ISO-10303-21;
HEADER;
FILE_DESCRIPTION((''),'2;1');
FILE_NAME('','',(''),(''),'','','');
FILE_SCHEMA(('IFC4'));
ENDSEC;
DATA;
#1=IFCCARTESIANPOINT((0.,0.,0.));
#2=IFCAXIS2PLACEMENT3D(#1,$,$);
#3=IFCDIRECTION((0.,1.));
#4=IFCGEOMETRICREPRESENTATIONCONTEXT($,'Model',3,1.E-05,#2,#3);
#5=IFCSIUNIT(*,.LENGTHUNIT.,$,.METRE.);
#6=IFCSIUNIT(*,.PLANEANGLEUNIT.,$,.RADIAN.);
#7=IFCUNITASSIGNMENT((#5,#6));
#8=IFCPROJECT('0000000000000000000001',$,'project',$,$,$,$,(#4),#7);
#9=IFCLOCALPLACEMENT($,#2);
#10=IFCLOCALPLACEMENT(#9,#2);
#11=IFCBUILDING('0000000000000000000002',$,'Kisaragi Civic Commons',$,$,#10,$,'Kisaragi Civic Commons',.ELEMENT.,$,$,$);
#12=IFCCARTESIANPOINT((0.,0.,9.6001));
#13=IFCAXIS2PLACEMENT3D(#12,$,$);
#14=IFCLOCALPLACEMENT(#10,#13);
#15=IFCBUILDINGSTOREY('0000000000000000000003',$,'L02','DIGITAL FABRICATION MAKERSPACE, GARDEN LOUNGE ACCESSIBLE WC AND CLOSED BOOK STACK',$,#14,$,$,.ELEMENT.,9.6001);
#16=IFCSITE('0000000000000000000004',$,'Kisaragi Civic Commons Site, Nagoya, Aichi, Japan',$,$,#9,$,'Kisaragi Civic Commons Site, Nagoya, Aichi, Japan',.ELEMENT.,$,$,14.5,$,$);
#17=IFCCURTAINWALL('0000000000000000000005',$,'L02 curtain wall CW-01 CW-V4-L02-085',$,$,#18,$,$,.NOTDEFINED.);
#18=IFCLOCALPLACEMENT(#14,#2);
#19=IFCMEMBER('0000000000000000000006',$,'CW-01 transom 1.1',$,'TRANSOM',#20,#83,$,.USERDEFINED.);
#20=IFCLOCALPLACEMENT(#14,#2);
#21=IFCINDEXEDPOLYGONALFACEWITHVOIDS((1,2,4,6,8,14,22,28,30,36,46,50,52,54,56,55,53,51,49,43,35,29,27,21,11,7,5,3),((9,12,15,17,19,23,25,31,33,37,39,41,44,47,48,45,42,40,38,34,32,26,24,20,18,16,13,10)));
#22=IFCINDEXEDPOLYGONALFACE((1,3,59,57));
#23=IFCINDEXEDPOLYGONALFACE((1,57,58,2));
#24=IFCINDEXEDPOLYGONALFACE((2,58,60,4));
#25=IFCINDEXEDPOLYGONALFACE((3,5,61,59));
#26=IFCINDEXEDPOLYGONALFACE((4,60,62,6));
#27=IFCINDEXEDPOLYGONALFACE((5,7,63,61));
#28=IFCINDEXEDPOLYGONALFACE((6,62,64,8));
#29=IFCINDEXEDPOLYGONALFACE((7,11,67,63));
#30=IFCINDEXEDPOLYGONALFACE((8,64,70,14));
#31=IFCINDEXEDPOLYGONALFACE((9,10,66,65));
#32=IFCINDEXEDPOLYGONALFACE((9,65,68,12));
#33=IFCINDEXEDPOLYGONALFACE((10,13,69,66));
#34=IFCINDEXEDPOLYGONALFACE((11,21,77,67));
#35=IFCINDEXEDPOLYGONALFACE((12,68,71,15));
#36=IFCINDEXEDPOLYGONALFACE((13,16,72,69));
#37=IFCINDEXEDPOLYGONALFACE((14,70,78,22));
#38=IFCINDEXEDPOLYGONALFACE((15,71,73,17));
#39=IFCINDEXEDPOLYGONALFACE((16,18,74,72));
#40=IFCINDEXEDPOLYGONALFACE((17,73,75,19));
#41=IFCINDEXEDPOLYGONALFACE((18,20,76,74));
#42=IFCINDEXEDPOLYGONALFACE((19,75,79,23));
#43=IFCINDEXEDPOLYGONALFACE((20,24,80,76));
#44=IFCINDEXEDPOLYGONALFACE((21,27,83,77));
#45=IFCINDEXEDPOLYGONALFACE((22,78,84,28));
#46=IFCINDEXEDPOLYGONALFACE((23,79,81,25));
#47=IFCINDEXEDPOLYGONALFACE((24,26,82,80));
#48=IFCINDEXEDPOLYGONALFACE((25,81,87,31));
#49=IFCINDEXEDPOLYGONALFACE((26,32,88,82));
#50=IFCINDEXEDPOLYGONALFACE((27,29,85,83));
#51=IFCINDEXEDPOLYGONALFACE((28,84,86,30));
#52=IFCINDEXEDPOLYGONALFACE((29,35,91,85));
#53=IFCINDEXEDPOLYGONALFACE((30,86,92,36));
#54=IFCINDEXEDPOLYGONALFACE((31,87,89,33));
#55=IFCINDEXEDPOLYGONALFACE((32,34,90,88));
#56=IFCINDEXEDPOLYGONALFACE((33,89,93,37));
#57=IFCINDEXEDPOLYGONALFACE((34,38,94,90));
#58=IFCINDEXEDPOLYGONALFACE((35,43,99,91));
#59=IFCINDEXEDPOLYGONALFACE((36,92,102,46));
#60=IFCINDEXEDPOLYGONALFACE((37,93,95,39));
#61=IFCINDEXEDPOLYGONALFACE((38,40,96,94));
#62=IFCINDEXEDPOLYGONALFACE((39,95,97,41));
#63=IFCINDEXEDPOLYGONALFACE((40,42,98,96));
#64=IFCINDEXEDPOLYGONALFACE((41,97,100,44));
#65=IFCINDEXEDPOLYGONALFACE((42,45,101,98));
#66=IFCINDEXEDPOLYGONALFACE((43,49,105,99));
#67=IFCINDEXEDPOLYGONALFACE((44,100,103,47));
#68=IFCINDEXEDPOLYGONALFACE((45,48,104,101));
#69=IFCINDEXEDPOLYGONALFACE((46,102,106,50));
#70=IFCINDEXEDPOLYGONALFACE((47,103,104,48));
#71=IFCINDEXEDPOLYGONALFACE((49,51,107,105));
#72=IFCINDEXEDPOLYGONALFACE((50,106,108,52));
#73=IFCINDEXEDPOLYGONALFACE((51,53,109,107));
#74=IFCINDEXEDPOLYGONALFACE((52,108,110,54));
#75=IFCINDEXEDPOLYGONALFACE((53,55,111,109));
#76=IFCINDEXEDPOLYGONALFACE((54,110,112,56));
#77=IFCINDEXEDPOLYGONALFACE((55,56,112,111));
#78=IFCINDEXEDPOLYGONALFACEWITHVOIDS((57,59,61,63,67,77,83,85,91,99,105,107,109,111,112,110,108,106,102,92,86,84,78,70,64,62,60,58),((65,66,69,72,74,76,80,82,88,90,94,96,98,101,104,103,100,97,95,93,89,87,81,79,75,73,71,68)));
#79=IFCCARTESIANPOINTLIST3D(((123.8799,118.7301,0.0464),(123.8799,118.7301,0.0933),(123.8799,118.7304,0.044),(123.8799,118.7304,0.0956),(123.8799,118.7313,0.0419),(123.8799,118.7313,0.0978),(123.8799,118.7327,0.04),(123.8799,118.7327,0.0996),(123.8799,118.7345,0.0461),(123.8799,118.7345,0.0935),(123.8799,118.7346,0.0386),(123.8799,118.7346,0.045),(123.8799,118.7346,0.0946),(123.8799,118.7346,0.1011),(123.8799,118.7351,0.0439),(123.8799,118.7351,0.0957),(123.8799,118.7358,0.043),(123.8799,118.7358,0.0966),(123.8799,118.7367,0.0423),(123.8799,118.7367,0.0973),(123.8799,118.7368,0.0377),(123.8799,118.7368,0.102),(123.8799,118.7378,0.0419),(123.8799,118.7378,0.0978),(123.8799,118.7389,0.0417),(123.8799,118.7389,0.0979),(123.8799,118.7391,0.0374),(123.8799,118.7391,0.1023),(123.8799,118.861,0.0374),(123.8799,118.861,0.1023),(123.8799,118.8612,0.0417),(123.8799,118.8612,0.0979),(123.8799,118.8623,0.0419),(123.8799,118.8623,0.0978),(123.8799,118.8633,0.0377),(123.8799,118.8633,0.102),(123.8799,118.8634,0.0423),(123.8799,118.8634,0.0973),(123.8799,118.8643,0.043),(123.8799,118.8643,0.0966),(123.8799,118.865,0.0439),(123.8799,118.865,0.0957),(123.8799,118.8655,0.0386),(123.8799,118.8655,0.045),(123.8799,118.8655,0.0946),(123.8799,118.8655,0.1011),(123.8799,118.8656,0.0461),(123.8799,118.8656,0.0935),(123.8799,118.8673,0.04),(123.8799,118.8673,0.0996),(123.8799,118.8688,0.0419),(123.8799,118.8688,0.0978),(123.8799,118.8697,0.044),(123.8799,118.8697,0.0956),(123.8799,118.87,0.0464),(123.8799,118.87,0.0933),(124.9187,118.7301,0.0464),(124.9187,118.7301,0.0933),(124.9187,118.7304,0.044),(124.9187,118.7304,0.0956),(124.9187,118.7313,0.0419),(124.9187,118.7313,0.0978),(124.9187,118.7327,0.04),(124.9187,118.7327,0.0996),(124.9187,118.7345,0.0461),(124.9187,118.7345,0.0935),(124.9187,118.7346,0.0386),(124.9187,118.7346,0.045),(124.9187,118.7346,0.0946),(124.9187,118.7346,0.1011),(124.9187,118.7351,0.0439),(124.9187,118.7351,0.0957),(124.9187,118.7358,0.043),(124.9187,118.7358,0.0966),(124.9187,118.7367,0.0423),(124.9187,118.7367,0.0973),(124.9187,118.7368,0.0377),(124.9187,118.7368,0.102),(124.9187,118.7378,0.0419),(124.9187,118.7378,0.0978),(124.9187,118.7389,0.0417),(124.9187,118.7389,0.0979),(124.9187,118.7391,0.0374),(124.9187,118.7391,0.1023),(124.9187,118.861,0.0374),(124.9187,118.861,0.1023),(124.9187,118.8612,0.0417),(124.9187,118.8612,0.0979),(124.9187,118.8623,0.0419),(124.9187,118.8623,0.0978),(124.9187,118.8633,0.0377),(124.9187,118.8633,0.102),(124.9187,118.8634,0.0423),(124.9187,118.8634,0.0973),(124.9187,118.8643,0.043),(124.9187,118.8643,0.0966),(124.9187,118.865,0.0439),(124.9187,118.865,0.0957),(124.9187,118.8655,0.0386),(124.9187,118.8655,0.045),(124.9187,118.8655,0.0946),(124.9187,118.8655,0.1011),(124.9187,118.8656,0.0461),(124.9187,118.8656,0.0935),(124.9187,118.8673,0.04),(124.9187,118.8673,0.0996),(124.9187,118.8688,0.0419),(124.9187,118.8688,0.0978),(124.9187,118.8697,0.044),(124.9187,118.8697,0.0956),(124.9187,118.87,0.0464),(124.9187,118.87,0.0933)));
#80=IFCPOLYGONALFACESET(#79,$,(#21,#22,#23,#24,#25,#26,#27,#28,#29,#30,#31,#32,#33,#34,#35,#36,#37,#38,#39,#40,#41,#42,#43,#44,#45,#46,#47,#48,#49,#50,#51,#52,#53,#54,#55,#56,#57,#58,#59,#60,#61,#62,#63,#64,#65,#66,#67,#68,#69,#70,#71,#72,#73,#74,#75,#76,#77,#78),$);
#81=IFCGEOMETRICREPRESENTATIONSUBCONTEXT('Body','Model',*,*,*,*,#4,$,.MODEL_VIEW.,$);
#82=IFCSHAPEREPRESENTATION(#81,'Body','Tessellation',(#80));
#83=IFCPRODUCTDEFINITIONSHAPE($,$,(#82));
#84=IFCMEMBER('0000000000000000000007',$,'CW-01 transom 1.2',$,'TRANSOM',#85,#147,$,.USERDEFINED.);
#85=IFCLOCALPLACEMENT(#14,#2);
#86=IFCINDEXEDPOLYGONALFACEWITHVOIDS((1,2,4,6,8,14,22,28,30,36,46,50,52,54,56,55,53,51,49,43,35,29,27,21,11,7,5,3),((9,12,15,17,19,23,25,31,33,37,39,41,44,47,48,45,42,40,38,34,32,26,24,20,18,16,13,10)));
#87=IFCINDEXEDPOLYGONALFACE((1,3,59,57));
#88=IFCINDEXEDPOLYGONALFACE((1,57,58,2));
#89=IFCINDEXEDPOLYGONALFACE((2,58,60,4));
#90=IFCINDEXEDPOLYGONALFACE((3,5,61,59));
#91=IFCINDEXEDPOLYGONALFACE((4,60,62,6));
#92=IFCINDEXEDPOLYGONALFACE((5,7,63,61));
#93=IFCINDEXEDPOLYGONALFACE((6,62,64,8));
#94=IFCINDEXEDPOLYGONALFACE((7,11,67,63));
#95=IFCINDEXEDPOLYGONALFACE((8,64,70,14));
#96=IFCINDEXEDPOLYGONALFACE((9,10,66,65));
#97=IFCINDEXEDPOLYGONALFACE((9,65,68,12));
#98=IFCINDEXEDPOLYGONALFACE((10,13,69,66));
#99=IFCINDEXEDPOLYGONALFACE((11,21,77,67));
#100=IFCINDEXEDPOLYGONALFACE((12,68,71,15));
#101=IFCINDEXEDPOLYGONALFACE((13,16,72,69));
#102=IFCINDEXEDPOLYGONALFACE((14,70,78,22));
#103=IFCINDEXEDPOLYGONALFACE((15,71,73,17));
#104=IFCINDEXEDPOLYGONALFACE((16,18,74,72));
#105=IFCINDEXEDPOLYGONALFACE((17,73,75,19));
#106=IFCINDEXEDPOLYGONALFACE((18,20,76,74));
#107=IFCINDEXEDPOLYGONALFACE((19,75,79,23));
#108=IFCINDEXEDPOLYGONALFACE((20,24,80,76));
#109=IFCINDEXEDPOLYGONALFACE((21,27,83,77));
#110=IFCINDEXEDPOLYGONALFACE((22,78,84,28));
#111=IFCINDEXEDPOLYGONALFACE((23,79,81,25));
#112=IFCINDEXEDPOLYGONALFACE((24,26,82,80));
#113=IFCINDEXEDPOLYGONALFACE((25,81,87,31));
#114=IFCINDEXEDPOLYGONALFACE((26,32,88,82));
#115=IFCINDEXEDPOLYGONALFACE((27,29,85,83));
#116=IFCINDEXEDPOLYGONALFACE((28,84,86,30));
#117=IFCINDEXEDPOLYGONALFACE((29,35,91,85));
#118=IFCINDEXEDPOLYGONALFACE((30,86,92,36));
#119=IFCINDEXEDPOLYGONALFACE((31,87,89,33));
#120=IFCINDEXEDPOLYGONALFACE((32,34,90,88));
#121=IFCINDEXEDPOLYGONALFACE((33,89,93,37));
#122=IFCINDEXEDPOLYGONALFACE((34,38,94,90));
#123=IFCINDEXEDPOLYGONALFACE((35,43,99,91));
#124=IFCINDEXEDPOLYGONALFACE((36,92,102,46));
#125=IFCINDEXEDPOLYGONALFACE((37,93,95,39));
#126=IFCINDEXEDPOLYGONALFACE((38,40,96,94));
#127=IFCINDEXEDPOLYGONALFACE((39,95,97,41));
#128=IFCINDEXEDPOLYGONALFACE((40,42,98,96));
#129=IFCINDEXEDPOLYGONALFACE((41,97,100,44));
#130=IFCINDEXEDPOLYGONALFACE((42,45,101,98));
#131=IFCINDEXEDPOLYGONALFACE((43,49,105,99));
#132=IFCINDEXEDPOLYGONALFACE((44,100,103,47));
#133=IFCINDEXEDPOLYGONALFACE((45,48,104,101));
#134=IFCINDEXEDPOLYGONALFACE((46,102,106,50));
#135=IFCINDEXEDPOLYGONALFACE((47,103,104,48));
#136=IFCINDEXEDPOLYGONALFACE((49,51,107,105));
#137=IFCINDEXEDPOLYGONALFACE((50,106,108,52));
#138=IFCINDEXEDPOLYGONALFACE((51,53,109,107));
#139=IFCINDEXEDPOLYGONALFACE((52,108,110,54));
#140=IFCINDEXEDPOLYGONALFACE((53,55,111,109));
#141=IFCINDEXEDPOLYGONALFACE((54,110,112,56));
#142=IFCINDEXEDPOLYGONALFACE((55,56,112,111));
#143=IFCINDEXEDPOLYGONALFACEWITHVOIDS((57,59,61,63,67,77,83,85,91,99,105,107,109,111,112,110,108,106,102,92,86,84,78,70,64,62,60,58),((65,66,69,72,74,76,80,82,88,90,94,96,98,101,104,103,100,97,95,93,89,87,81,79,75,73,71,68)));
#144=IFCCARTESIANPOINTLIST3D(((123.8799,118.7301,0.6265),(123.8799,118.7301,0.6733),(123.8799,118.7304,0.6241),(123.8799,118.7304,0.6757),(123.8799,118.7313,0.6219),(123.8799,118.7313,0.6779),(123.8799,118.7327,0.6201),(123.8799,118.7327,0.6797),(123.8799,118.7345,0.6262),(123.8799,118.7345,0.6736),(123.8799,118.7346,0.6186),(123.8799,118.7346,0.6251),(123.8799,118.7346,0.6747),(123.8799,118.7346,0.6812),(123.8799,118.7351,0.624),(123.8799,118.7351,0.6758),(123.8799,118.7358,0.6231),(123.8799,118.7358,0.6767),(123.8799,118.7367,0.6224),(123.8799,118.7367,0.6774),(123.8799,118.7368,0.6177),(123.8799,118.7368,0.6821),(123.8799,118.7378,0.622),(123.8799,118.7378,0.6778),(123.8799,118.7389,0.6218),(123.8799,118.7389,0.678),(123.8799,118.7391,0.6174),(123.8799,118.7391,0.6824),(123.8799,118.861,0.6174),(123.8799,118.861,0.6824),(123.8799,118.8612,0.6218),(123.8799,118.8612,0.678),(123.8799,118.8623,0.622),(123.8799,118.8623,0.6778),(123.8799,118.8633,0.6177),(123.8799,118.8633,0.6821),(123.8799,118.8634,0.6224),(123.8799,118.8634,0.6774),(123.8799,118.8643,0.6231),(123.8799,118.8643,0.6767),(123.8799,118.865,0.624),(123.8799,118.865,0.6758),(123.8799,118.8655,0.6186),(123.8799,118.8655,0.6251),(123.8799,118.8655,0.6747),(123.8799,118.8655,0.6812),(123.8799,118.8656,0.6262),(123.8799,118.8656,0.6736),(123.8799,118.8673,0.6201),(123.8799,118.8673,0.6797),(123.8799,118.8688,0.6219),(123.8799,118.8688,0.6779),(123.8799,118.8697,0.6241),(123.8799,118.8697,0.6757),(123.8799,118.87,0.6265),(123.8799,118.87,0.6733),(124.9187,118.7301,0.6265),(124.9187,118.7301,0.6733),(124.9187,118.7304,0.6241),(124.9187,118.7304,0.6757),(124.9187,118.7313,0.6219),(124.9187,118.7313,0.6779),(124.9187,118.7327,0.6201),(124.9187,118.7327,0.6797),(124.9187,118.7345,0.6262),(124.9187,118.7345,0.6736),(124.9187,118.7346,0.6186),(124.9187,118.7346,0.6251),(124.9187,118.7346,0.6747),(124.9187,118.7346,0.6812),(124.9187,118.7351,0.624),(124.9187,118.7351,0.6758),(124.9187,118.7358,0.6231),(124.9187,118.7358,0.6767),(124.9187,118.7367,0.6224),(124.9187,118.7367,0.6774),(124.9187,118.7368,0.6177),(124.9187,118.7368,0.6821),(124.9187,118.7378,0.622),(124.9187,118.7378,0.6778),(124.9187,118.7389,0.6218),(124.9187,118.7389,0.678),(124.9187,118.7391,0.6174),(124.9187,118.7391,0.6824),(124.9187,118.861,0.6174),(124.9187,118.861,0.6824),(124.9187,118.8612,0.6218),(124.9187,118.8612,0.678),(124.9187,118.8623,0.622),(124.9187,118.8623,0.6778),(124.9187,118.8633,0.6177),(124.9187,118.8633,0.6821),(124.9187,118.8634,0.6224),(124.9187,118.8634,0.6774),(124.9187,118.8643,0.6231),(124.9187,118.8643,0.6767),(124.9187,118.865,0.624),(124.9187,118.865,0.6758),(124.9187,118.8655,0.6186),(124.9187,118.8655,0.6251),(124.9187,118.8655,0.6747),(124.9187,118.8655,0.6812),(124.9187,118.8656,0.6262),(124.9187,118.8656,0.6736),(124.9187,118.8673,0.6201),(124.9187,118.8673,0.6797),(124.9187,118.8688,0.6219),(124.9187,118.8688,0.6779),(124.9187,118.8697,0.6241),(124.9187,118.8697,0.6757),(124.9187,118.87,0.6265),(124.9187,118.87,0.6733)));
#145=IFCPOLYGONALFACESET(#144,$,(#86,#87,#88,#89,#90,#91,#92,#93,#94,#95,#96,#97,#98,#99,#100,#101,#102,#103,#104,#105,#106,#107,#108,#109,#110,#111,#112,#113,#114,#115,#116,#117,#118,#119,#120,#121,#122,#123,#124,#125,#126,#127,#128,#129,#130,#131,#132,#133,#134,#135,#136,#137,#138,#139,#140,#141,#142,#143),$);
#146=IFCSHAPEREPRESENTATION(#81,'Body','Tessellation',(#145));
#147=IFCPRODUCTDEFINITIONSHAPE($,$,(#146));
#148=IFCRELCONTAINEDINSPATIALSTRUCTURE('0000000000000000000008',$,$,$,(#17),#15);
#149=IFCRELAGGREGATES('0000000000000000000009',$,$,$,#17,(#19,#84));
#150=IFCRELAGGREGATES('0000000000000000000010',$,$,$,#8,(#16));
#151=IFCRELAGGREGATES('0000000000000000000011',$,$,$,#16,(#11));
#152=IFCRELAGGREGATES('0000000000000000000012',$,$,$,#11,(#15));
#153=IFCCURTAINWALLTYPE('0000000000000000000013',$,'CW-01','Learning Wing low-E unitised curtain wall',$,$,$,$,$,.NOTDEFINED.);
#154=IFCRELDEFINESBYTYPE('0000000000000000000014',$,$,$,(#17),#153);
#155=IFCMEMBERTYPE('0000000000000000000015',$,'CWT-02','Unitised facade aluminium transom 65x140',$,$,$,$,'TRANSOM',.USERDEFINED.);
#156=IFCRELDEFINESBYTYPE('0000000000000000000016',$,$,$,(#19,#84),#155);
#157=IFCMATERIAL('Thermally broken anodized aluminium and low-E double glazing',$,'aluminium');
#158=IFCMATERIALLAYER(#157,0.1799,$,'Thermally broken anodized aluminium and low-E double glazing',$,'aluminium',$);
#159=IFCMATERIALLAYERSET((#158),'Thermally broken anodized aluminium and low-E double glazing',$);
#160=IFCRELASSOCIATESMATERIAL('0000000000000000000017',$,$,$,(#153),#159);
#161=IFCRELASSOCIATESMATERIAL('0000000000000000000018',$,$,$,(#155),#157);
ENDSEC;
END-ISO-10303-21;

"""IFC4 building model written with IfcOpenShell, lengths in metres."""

from ifc_helpers import new_model, si_unit, direction, frame, origin, origin_2d, place, context, subcontext, project, spatial, hollow_rectangle, extrude, material, layer, layer_set, material_profile, profile_set, type_object, element, aggregate, save


model = new_model("IFC4")

# Units and contexts
model_context = context("Model", 3, precision=1e-05, world=origin(), true_north=direction((0.0, 1.0)))
body_context = subcontext(model_context, "Body", "Model", "MODEL_VIEW")
ifc_project = project(units=[si_unit("LENGTHUNIT", "METRE"), si_unit("PLANEANGLEUNIT", "RADIAN")], contexts=[model_context])

# Site, building, storey
site_placement = place(None, origin())
site = spatial("IfcSite", under=ifc_project, at=site_placement, Name="Kisaragi Civic Commons Site, Nagoya, Aichi, Japan", LongName="Kisaragi Civic Commons Site, Nagoya, Aichi, Japan", CompositionType="ELEMENT", RefElevation=14.5)
building_placement = place(site_placement, origin())
building = spatial("IfcBuilding", under=site, at=building_placement, Name="Kisaragi Civic Commons", LongName="Kisaragi Civic Commons", CompositionType="ELEMENT")
storey_placement = place(building_placement, frame((0.0, 0.0, 9.6001)))
storey = spatial("IfcBuildingStorey", under=building, at=storey_placement, Name="L02", Description="DIGITAL FABRICATION MAKERSPACE, GARDEN LOUNGE ACCESSIBLE WC AND CLOSED BOOK STACK", CompositionType="ELEMENT", Elevation=9.6001)

# Curtain wall, members
ifc_material_1 = material(Name="Thermally broken anodized aluminium and low-E double glazing", Category="aluminium")
ifc_layer_1 = layer(ifc_material_1, 0.1799, Name="Thermally broken anodized aluminium and low-E double glazing", Category="aluminium")
ifc_layer_set_1 = layer_set([ifc_layer_1], Name="Thermally broken anodized aluminium and low-E double glazing")
curtain_wall_type = type_object("IfcCurtainWallType", Name="CW-01", Description="Learning Wing low-E unitised curtain wall", PredefinedType="NOTDEFINED", material=ifc_layer_set_1)
curtain_wall_placement = place(storey_placement, origin())
curtain_wall = element("IfcCurtainWall", 1, at=curtain_wall_placement, inside=storey, type_object=curtain_wall_type, Name="L02 curtain wall CW-01 CW-V4-L02-085", PredefinedType="NOTDEFINED")
ifc_material_profile_1 = material_profile(ifc_material_1, hollow_rectangle(XDim=0.1399, YDim=0.0649, WallThickness=0.0044, InnerFilletRadius=0.0044, OuterFilletRadius=0.009, at=origin_2d()), Name="CWT-65x140x4.5", Category="aluminium")
ifc_profile_set_1 = profile_set([ifc_material_profile_1], Name="Thermally broken anodized aluminium and low-E double glazing")
member_type_1 = type_object("IfcMemberType", Name="CWT-02", Description="Unitised facade aluminium transom 65x140", ElementType="TRANSOM", PredefinedType="USERDEFINED", material=ifc_profile_set_1)
member_1_placement = place(storey_placement, frame((123.8799, 118.8, 0.0698), z_axis=(1.0, 0.0, 0.0), x_axis=(0.0, 1.0, 0.0)))
member_1 = element("IfcMember", 2, at=member_1_placement, type_object=member_type_1, Name="CW-01 transom 1.1", ObjectType="TRANSOM", PredefinedType="USERDEFINED", context=body_context, shape_type="SweptSolid", body=[
    extrude(hollow_rectangle(XDim=0.1399, YDim=0.0649, WallThickness=0.0044, InnerFilletRadius=0.0044, OuterFilletRadius=0.009, at=origin_2d()), origin(), (0.0, 0.0, 1.0), 1.0388),
])
member_2_placement = place(storey_placement, frame((123.8799, 118.8, 0.6499), z_axis=(1.0, 0.0, 0.0), x_axis=(0.0, 1.0, 0.0)))
member_2 = element("IfcMember", 3, at=member_2_placement, type_object=member_type_1, Name="CW-01 transom 1.2", ObjectType="TRANSOM", PredefinedType="USERDEFINED", context=body_context, shape_type="SweptSolid", body=[
    extrude(hollow_rectangle(XDim=0.1399, YDim=0.0649, WallThickness=0.0044, InnerFilletRadius=0.0044, OuterFilletRadius=0.009, at=origin_2d()), origin(), (0.0, 0.0, 1.0), 1.0388),
])

aggregate(curtain_wall, [member_1, member_2])

save(model, "model.ifc")
